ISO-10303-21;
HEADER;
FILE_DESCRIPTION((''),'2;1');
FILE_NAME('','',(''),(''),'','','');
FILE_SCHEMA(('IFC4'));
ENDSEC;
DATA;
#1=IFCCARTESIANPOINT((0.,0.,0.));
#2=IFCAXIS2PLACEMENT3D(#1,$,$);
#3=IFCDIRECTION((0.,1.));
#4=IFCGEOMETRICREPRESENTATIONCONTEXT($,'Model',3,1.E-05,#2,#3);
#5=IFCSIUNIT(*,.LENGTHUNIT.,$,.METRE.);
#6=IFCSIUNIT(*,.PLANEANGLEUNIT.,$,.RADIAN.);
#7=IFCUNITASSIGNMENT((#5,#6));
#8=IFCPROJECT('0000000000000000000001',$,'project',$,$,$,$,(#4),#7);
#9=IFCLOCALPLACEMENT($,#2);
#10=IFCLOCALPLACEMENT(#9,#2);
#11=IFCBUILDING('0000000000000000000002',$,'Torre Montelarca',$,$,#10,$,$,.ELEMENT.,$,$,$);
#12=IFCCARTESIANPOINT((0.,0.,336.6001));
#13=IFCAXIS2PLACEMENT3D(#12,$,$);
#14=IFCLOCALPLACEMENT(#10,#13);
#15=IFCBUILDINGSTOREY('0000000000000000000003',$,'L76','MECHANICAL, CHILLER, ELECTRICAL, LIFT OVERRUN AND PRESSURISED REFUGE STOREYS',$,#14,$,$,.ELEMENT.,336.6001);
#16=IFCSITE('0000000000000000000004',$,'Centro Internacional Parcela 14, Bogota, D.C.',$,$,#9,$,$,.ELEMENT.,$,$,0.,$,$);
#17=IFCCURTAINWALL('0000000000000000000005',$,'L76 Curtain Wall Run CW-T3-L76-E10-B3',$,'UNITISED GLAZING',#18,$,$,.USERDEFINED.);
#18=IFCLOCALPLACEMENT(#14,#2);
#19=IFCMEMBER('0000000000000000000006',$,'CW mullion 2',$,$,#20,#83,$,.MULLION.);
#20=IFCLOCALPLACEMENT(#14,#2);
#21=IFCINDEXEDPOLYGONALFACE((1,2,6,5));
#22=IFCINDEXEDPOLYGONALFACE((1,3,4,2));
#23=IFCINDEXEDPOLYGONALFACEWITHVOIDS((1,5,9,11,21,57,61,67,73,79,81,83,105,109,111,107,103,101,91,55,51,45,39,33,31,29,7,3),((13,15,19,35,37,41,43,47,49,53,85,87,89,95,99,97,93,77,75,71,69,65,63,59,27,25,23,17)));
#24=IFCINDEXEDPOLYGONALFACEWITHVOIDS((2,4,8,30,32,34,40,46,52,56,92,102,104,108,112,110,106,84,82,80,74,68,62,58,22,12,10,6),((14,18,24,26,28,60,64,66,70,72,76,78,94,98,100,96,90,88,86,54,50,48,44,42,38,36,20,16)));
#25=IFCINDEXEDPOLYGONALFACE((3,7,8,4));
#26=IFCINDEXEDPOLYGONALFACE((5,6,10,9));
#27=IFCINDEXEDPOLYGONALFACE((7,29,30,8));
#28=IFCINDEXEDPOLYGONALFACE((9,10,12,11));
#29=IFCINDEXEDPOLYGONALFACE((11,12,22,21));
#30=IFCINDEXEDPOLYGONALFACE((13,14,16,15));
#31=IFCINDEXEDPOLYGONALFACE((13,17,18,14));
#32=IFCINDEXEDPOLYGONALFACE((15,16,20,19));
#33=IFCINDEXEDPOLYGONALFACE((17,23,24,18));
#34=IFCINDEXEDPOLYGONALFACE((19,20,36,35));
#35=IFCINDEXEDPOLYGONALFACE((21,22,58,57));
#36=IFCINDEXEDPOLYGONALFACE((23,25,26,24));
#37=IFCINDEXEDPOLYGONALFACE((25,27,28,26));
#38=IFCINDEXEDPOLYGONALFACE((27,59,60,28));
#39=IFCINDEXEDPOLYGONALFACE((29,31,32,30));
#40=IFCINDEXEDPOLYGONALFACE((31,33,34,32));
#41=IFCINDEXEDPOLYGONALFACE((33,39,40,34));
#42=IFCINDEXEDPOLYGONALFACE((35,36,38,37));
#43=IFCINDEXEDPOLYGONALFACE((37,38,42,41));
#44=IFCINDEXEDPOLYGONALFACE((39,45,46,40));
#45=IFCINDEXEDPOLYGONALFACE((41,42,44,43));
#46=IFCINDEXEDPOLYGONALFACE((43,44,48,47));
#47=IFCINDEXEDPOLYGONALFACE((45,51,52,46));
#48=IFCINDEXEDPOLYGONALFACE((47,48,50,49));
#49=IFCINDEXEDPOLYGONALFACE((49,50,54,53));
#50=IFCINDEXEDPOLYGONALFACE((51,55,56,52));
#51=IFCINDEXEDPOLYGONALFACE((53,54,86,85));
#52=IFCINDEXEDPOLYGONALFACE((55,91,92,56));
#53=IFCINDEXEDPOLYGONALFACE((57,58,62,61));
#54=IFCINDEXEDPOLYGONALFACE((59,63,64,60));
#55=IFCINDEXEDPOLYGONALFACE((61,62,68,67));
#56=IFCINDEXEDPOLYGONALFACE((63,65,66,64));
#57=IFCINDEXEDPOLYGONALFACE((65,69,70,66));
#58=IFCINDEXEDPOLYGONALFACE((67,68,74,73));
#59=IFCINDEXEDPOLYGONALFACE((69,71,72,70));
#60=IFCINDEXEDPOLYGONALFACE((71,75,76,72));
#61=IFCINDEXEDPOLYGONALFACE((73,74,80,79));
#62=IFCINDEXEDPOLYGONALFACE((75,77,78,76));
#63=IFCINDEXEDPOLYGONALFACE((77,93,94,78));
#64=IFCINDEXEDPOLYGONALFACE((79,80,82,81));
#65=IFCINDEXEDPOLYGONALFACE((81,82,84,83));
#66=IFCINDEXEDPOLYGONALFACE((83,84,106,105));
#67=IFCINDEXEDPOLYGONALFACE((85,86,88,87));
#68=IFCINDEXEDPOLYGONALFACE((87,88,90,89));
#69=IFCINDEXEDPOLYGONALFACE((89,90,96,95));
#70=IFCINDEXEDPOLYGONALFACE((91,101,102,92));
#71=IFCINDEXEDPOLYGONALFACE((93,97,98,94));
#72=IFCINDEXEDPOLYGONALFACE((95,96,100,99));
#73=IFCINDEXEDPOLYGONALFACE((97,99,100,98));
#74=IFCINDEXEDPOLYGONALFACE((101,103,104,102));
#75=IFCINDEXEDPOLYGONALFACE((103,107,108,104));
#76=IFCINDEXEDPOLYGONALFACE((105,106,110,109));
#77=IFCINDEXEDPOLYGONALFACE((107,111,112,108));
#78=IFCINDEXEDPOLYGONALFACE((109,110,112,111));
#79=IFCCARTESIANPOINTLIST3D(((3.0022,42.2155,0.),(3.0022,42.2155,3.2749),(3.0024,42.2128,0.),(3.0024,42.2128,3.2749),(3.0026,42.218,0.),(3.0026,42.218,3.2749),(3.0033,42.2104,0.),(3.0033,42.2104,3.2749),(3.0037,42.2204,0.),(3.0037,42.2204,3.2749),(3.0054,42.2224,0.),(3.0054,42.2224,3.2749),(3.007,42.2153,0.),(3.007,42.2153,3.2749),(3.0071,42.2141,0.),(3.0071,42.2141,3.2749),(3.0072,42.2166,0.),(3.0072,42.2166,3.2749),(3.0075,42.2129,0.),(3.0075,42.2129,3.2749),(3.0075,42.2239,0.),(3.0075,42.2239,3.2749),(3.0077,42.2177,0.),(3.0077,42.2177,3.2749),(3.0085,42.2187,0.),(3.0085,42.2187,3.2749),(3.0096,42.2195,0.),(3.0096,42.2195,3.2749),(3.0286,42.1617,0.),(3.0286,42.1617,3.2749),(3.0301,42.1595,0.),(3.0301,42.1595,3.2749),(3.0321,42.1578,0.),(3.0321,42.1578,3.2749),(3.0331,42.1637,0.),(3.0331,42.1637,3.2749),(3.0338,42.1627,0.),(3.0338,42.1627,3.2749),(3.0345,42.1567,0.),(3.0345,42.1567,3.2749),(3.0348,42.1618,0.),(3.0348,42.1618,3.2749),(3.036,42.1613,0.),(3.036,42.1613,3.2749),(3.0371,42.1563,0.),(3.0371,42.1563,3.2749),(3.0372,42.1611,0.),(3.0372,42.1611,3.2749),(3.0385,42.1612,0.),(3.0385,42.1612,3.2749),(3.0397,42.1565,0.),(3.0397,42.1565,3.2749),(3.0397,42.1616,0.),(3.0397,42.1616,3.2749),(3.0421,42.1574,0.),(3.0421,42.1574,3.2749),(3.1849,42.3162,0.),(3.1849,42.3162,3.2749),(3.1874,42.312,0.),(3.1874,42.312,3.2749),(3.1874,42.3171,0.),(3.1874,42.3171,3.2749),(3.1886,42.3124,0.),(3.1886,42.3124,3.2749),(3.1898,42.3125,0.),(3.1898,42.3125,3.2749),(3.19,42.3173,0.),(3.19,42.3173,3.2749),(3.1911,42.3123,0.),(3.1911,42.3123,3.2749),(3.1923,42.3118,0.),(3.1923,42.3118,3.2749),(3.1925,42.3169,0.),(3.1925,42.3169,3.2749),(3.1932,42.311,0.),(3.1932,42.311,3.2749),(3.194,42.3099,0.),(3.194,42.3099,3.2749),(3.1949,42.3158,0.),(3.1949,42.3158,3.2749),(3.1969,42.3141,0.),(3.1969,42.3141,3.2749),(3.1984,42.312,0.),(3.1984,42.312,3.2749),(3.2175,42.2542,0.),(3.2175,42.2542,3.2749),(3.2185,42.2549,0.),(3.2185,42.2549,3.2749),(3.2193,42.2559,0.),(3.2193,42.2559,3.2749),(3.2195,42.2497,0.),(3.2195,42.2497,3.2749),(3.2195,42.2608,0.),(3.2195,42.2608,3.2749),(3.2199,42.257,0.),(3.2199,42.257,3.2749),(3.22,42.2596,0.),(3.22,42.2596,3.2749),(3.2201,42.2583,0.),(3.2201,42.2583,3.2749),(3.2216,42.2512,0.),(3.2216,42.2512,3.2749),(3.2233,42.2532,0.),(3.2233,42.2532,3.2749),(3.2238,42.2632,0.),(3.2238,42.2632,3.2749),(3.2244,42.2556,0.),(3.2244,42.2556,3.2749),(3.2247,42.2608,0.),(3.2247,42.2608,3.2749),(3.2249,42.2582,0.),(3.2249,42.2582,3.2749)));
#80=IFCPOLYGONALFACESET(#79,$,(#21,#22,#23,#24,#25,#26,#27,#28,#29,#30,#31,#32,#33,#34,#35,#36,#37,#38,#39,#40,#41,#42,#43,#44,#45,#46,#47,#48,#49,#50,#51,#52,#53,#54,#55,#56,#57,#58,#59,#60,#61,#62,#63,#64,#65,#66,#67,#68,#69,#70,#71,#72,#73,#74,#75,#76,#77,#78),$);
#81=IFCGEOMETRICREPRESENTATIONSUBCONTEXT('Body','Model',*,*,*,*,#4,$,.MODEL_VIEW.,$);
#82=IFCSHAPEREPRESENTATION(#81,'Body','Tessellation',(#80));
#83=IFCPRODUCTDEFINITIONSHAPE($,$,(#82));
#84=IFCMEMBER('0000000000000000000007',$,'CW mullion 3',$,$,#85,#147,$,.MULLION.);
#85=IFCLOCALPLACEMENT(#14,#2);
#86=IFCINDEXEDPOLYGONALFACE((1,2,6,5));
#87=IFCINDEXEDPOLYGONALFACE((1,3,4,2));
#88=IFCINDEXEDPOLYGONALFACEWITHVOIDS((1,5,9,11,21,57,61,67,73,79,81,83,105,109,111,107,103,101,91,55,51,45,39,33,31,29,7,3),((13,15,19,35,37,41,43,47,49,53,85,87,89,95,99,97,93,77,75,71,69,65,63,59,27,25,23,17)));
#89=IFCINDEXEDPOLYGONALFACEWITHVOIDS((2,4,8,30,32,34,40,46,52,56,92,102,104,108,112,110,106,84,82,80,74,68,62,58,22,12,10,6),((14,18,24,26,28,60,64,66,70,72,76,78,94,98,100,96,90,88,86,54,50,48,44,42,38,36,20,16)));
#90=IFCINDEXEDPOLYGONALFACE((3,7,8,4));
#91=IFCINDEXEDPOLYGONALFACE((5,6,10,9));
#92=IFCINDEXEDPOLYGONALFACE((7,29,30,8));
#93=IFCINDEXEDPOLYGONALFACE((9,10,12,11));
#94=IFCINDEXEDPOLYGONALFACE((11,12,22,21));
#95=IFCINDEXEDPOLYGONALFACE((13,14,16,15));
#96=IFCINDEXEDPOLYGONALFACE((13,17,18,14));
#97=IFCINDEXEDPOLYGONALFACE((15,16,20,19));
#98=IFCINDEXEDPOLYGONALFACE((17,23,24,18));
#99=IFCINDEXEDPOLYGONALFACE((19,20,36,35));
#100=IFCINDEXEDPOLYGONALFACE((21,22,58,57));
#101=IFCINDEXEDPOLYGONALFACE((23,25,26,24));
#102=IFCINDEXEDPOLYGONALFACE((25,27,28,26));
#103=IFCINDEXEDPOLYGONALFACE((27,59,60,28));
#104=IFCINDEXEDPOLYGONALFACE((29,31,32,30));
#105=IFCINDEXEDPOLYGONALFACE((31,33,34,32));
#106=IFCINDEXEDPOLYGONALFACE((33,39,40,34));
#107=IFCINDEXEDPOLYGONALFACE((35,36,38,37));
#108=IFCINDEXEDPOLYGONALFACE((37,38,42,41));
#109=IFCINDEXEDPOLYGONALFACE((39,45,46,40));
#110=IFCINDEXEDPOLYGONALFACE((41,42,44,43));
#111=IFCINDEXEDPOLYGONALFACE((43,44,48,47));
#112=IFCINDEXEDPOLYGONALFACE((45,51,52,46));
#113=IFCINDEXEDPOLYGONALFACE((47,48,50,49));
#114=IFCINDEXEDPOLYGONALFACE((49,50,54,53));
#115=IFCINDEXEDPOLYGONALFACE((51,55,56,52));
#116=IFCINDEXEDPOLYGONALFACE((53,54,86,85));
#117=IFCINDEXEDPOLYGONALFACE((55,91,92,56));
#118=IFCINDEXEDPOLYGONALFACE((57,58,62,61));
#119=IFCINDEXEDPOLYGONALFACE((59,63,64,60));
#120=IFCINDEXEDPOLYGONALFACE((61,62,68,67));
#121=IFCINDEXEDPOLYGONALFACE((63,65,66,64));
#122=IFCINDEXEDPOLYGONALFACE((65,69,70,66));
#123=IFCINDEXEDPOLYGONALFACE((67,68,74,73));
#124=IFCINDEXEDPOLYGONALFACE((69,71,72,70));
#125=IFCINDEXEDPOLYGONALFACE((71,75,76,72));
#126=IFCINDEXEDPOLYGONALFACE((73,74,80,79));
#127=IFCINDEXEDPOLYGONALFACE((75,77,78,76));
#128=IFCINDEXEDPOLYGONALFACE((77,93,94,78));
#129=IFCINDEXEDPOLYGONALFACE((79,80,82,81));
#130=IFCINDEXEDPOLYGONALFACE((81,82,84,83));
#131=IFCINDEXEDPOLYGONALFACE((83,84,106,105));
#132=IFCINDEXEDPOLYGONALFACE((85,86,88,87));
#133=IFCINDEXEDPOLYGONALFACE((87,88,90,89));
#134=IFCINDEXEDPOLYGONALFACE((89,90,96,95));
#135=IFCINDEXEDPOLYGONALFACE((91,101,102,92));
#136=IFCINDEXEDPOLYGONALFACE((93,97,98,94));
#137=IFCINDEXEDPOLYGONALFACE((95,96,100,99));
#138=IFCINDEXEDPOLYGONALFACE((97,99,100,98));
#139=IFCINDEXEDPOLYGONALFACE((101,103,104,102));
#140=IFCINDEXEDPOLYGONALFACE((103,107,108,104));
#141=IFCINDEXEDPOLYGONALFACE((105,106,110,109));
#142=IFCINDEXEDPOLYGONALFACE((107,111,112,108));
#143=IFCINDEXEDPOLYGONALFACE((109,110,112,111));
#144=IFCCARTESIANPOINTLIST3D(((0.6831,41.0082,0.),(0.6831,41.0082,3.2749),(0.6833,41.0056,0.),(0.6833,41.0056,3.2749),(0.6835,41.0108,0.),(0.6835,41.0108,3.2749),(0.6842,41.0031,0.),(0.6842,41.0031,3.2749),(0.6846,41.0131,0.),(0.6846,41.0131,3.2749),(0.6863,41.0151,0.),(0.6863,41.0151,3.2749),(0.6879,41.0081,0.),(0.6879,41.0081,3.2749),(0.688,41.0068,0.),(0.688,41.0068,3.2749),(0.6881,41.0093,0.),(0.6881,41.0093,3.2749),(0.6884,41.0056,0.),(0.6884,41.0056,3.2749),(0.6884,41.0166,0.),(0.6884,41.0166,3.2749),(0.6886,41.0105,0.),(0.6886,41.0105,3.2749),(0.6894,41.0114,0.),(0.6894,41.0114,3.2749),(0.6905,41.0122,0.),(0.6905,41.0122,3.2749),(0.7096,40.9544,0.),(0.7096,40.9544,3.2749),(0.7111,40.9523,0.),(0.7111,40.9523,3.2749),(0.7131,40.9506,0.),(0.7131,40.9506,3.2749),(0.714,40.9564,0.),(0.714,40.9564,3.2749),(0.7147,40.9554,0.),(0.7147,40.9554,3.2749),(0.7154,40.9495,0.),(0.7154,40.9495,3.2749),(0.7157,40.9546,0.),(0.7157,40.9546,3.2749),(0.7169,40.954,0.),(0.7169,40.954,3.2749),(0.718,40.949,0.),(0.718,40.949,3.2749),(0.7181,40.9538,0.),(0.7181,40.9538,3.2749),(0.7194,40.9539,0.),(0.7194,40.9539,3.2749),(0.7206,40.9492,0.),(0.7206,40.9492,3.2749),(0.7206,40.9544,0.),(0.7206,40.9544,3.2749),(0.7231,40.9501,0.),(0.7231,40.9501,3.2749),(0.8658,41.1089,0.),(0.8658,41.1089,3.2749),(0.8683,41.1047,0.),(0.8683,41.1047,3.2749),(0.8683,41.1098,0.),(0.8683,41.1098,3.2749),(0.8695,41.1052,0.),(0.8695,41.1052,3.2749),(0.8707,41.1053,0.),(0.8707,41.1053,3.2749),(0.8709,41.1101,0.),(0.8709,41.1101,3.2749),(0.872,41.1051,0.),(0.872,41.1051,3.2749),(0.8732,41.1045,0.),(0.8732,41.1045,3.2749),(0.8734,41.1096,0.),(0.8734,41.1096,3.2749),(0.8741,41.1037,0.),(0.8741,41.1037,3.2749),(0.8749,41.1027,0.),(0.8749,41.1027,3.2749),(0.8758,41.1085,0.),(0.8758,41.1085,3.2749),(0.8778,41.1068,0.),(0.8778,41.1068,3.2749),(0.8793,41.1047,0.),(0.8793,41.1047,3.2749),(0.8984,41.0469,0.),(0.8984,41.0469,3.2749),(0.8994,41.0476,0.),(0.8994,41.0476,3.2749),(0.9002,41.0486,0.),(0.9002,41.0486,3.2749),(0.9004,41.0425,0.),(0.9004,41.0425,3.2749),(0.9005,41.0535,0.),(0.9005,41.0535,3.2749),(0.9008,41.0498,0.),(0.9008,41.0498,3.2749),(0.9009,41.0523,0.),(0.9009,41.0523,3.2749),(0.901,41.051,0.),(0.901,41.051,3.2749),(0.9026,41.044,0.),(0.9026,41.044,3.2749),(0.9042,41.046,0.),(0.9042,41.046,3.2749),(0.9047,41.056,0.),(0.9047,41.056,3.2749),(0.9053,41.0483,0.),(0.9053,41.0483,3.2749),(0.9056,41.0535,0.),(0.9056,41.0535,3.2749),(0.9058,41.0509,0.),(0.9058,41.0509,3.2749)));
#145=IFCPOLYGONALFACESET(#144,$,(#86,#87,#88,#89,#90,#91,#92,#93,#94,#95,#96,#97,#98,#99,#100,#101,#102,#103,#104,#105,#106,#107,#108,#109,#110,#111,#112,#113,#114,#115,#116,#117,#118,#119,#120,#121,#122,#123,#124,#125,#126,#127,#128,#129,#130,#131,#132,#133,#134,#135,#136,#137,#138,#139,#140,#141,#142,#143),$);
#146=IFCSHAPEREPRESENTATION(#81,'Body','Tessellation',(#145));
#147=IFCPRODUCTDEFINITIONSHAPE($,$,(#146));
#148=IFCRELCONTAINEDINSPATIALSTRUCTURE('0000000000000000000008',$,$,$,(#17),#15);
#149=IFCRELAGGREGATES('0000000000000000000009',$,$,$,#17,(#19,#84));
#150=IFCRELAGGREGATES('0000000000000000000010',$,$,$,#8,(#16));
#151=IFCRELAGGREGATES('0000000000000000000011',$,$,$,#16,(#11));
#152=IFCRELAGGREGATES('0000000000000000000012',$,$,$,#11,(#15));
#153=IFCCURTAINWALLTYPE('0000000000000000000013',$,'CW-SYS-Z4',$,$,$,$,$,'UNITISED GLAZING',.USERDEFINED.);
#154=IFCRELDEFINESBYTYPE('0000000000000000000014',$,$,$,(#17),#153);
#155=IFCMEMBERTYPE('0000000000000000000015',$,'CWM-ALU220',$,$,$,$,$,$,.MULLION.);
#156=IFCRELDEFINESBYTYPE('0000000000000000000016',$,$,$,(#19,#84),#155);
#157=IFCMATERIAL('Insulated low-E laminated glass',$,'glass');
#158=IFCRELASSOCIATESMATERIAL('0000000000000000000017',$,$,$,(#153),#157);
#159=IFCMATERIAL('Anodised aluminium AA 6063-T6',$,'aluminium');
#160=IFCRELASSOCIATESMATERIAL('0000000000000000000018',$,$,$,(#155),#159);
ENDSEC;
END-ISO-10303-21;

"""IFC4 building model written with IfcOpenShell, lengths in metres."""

from ifc_helpers import new_model, si_unit, direction, frame, origin, origin_2d, place, context, subcontext, project, spatial, hollow_rectangle, extrude, source, transform, mapped, material, material_profile, profile_set, type_object, element, aggregate, save


model = new_model("IFC4")

# Units and contexts
model_context = context("Model", 3, precision=1e-05, world=origin(), true_north=direction((0.0, 1.0)))
body_context = subcontext(model_context, "Body", "Model", "MODEL_VIEW")
ifc_project = project(units=[si_unit("LENGTHUNIT", "METRE"), si_unit("PLANEANGLEUNIT", "RADIAN")], contexts=[model_context])

# Site, building, storey
site_placement = place(None, origin())
site = spatial("IfcSite", under=ifc_project, at=site_placement, Name="Centro Internacional Parcela 14, Bogota, D.C.", CompositionType="ELEMENT", RefElevation=0.0)
building_placement = place(site_placement, origin())
building = spatial("IfcBuilding", under=site, at=building_placement, Name="Torre Montelarca", CompositionType="ELEMENT")
storey_placement = place(building_placement, frame((0.0, 0.0, 336.6001)))
storey = spatial("IfcBuildingStorey", under=building, at=storey_placement, Name="L76", Description="MECHANICAL, CHILLER, ELECTRICAL, LIFT OVERRUN AND PRESSURISED REFUGE STOREYS", CompositionType="ELEMENT", Elevation=336.6001)

# Shared definitions
ifc_material_1 = material(Name="Insulated low-E laminated glass", Category="glass")
curtain_wall_type = type_object("IfcCurtainWallType", Name="CW-SYS-Z4", ElementType="UNITISED GLAZING", PredefinedType="USERDEFINED", material=ifc_material_1)
ifc_material_2 = material(Name="Anodised aluminium AA 6063-T6", Category="aluminium")
ifc_material_profile_1 = material_profile(ifc_material_2, hollow_rectangle(XDim=0.075, YDim=0.22, WallThickness=0.0049, InnerFilletRadius=0.0049, OuterFilletRadius=0.01, at=origin_2d()), Name="ALU75X220X5", Category="aluminium")
ifc_profile_set_1 = profile_set([ifc_material_profile_1], Name="Anodised aluminium AA 6063-T6")
member_type_1 = type_object("IfcMemberType", Name="CWM-ALU220", PredefinedType="MULLION", material=ifc_profile_set_1)
shared_shape_1 = source(origin(), body_context, "Body", "SweptSolid", [
    extrude(hollow_rectangle(XDim=0.075, YDim=0.22, WallThickness=0.0049, InnerFilletRadius=0.0049, OuterFilletRadius=0.01, at=origin_2d()), origin(), (0.0, 0.0, 1.0), 3.2749),
])

# Curtain wall, members
curtain_wall_1_placement = place(storey_placement, origin())
curtain_wall_1 = element("IfcCurtainWall", 1, at=curtain_wall_1_placement, inside=storey, type_object=curtain_wall_type, Name="L76 Curtain Wall Run CW-T3-L76-E10-B3", ObjectType="UNITISED GLAZING", PredefinedType="USERDEFINED")
member_1_placement = place(storey_placement, frame((3.1135, 42.2368, 0.0), z_axis=(0.0, 0.0, 1.0), x_axis=(0.461739, -0.887016, 0.0)))
member_1 = element("IfcMember", 2, at=member_1_placement, type_object=member_type_1, Name="CW mullion 2", PredefinedType="MULLION", context=body_context, shape_type="MappedRepresentation", body=[
    mapped(shared_shape_1, transform((0.0, 0.0, 0.0), scale=1.0)),
])
member_2_placement = place(storey_placement, frame((0.7944, 41.0295, 0.0), z_axis=(0.0, 0.0, 1.0), x_axis=(0.461739, -0.887016, 0.0)))
member_2 = element("IfcMember", 3, at=member_2_placement, type_object=member_type_1, Name="CW mullion 3", PredefinedType="MULLION", context=body_context, shape_type="MappedRepresentation", body=[
    mapped(shared_shape_1, transform((0.0, 0.0, 0.0), scale=1.0)),
])

aggregate(curtain_wall_1, [member_1, member_2])

save(model, "model.ifc")
